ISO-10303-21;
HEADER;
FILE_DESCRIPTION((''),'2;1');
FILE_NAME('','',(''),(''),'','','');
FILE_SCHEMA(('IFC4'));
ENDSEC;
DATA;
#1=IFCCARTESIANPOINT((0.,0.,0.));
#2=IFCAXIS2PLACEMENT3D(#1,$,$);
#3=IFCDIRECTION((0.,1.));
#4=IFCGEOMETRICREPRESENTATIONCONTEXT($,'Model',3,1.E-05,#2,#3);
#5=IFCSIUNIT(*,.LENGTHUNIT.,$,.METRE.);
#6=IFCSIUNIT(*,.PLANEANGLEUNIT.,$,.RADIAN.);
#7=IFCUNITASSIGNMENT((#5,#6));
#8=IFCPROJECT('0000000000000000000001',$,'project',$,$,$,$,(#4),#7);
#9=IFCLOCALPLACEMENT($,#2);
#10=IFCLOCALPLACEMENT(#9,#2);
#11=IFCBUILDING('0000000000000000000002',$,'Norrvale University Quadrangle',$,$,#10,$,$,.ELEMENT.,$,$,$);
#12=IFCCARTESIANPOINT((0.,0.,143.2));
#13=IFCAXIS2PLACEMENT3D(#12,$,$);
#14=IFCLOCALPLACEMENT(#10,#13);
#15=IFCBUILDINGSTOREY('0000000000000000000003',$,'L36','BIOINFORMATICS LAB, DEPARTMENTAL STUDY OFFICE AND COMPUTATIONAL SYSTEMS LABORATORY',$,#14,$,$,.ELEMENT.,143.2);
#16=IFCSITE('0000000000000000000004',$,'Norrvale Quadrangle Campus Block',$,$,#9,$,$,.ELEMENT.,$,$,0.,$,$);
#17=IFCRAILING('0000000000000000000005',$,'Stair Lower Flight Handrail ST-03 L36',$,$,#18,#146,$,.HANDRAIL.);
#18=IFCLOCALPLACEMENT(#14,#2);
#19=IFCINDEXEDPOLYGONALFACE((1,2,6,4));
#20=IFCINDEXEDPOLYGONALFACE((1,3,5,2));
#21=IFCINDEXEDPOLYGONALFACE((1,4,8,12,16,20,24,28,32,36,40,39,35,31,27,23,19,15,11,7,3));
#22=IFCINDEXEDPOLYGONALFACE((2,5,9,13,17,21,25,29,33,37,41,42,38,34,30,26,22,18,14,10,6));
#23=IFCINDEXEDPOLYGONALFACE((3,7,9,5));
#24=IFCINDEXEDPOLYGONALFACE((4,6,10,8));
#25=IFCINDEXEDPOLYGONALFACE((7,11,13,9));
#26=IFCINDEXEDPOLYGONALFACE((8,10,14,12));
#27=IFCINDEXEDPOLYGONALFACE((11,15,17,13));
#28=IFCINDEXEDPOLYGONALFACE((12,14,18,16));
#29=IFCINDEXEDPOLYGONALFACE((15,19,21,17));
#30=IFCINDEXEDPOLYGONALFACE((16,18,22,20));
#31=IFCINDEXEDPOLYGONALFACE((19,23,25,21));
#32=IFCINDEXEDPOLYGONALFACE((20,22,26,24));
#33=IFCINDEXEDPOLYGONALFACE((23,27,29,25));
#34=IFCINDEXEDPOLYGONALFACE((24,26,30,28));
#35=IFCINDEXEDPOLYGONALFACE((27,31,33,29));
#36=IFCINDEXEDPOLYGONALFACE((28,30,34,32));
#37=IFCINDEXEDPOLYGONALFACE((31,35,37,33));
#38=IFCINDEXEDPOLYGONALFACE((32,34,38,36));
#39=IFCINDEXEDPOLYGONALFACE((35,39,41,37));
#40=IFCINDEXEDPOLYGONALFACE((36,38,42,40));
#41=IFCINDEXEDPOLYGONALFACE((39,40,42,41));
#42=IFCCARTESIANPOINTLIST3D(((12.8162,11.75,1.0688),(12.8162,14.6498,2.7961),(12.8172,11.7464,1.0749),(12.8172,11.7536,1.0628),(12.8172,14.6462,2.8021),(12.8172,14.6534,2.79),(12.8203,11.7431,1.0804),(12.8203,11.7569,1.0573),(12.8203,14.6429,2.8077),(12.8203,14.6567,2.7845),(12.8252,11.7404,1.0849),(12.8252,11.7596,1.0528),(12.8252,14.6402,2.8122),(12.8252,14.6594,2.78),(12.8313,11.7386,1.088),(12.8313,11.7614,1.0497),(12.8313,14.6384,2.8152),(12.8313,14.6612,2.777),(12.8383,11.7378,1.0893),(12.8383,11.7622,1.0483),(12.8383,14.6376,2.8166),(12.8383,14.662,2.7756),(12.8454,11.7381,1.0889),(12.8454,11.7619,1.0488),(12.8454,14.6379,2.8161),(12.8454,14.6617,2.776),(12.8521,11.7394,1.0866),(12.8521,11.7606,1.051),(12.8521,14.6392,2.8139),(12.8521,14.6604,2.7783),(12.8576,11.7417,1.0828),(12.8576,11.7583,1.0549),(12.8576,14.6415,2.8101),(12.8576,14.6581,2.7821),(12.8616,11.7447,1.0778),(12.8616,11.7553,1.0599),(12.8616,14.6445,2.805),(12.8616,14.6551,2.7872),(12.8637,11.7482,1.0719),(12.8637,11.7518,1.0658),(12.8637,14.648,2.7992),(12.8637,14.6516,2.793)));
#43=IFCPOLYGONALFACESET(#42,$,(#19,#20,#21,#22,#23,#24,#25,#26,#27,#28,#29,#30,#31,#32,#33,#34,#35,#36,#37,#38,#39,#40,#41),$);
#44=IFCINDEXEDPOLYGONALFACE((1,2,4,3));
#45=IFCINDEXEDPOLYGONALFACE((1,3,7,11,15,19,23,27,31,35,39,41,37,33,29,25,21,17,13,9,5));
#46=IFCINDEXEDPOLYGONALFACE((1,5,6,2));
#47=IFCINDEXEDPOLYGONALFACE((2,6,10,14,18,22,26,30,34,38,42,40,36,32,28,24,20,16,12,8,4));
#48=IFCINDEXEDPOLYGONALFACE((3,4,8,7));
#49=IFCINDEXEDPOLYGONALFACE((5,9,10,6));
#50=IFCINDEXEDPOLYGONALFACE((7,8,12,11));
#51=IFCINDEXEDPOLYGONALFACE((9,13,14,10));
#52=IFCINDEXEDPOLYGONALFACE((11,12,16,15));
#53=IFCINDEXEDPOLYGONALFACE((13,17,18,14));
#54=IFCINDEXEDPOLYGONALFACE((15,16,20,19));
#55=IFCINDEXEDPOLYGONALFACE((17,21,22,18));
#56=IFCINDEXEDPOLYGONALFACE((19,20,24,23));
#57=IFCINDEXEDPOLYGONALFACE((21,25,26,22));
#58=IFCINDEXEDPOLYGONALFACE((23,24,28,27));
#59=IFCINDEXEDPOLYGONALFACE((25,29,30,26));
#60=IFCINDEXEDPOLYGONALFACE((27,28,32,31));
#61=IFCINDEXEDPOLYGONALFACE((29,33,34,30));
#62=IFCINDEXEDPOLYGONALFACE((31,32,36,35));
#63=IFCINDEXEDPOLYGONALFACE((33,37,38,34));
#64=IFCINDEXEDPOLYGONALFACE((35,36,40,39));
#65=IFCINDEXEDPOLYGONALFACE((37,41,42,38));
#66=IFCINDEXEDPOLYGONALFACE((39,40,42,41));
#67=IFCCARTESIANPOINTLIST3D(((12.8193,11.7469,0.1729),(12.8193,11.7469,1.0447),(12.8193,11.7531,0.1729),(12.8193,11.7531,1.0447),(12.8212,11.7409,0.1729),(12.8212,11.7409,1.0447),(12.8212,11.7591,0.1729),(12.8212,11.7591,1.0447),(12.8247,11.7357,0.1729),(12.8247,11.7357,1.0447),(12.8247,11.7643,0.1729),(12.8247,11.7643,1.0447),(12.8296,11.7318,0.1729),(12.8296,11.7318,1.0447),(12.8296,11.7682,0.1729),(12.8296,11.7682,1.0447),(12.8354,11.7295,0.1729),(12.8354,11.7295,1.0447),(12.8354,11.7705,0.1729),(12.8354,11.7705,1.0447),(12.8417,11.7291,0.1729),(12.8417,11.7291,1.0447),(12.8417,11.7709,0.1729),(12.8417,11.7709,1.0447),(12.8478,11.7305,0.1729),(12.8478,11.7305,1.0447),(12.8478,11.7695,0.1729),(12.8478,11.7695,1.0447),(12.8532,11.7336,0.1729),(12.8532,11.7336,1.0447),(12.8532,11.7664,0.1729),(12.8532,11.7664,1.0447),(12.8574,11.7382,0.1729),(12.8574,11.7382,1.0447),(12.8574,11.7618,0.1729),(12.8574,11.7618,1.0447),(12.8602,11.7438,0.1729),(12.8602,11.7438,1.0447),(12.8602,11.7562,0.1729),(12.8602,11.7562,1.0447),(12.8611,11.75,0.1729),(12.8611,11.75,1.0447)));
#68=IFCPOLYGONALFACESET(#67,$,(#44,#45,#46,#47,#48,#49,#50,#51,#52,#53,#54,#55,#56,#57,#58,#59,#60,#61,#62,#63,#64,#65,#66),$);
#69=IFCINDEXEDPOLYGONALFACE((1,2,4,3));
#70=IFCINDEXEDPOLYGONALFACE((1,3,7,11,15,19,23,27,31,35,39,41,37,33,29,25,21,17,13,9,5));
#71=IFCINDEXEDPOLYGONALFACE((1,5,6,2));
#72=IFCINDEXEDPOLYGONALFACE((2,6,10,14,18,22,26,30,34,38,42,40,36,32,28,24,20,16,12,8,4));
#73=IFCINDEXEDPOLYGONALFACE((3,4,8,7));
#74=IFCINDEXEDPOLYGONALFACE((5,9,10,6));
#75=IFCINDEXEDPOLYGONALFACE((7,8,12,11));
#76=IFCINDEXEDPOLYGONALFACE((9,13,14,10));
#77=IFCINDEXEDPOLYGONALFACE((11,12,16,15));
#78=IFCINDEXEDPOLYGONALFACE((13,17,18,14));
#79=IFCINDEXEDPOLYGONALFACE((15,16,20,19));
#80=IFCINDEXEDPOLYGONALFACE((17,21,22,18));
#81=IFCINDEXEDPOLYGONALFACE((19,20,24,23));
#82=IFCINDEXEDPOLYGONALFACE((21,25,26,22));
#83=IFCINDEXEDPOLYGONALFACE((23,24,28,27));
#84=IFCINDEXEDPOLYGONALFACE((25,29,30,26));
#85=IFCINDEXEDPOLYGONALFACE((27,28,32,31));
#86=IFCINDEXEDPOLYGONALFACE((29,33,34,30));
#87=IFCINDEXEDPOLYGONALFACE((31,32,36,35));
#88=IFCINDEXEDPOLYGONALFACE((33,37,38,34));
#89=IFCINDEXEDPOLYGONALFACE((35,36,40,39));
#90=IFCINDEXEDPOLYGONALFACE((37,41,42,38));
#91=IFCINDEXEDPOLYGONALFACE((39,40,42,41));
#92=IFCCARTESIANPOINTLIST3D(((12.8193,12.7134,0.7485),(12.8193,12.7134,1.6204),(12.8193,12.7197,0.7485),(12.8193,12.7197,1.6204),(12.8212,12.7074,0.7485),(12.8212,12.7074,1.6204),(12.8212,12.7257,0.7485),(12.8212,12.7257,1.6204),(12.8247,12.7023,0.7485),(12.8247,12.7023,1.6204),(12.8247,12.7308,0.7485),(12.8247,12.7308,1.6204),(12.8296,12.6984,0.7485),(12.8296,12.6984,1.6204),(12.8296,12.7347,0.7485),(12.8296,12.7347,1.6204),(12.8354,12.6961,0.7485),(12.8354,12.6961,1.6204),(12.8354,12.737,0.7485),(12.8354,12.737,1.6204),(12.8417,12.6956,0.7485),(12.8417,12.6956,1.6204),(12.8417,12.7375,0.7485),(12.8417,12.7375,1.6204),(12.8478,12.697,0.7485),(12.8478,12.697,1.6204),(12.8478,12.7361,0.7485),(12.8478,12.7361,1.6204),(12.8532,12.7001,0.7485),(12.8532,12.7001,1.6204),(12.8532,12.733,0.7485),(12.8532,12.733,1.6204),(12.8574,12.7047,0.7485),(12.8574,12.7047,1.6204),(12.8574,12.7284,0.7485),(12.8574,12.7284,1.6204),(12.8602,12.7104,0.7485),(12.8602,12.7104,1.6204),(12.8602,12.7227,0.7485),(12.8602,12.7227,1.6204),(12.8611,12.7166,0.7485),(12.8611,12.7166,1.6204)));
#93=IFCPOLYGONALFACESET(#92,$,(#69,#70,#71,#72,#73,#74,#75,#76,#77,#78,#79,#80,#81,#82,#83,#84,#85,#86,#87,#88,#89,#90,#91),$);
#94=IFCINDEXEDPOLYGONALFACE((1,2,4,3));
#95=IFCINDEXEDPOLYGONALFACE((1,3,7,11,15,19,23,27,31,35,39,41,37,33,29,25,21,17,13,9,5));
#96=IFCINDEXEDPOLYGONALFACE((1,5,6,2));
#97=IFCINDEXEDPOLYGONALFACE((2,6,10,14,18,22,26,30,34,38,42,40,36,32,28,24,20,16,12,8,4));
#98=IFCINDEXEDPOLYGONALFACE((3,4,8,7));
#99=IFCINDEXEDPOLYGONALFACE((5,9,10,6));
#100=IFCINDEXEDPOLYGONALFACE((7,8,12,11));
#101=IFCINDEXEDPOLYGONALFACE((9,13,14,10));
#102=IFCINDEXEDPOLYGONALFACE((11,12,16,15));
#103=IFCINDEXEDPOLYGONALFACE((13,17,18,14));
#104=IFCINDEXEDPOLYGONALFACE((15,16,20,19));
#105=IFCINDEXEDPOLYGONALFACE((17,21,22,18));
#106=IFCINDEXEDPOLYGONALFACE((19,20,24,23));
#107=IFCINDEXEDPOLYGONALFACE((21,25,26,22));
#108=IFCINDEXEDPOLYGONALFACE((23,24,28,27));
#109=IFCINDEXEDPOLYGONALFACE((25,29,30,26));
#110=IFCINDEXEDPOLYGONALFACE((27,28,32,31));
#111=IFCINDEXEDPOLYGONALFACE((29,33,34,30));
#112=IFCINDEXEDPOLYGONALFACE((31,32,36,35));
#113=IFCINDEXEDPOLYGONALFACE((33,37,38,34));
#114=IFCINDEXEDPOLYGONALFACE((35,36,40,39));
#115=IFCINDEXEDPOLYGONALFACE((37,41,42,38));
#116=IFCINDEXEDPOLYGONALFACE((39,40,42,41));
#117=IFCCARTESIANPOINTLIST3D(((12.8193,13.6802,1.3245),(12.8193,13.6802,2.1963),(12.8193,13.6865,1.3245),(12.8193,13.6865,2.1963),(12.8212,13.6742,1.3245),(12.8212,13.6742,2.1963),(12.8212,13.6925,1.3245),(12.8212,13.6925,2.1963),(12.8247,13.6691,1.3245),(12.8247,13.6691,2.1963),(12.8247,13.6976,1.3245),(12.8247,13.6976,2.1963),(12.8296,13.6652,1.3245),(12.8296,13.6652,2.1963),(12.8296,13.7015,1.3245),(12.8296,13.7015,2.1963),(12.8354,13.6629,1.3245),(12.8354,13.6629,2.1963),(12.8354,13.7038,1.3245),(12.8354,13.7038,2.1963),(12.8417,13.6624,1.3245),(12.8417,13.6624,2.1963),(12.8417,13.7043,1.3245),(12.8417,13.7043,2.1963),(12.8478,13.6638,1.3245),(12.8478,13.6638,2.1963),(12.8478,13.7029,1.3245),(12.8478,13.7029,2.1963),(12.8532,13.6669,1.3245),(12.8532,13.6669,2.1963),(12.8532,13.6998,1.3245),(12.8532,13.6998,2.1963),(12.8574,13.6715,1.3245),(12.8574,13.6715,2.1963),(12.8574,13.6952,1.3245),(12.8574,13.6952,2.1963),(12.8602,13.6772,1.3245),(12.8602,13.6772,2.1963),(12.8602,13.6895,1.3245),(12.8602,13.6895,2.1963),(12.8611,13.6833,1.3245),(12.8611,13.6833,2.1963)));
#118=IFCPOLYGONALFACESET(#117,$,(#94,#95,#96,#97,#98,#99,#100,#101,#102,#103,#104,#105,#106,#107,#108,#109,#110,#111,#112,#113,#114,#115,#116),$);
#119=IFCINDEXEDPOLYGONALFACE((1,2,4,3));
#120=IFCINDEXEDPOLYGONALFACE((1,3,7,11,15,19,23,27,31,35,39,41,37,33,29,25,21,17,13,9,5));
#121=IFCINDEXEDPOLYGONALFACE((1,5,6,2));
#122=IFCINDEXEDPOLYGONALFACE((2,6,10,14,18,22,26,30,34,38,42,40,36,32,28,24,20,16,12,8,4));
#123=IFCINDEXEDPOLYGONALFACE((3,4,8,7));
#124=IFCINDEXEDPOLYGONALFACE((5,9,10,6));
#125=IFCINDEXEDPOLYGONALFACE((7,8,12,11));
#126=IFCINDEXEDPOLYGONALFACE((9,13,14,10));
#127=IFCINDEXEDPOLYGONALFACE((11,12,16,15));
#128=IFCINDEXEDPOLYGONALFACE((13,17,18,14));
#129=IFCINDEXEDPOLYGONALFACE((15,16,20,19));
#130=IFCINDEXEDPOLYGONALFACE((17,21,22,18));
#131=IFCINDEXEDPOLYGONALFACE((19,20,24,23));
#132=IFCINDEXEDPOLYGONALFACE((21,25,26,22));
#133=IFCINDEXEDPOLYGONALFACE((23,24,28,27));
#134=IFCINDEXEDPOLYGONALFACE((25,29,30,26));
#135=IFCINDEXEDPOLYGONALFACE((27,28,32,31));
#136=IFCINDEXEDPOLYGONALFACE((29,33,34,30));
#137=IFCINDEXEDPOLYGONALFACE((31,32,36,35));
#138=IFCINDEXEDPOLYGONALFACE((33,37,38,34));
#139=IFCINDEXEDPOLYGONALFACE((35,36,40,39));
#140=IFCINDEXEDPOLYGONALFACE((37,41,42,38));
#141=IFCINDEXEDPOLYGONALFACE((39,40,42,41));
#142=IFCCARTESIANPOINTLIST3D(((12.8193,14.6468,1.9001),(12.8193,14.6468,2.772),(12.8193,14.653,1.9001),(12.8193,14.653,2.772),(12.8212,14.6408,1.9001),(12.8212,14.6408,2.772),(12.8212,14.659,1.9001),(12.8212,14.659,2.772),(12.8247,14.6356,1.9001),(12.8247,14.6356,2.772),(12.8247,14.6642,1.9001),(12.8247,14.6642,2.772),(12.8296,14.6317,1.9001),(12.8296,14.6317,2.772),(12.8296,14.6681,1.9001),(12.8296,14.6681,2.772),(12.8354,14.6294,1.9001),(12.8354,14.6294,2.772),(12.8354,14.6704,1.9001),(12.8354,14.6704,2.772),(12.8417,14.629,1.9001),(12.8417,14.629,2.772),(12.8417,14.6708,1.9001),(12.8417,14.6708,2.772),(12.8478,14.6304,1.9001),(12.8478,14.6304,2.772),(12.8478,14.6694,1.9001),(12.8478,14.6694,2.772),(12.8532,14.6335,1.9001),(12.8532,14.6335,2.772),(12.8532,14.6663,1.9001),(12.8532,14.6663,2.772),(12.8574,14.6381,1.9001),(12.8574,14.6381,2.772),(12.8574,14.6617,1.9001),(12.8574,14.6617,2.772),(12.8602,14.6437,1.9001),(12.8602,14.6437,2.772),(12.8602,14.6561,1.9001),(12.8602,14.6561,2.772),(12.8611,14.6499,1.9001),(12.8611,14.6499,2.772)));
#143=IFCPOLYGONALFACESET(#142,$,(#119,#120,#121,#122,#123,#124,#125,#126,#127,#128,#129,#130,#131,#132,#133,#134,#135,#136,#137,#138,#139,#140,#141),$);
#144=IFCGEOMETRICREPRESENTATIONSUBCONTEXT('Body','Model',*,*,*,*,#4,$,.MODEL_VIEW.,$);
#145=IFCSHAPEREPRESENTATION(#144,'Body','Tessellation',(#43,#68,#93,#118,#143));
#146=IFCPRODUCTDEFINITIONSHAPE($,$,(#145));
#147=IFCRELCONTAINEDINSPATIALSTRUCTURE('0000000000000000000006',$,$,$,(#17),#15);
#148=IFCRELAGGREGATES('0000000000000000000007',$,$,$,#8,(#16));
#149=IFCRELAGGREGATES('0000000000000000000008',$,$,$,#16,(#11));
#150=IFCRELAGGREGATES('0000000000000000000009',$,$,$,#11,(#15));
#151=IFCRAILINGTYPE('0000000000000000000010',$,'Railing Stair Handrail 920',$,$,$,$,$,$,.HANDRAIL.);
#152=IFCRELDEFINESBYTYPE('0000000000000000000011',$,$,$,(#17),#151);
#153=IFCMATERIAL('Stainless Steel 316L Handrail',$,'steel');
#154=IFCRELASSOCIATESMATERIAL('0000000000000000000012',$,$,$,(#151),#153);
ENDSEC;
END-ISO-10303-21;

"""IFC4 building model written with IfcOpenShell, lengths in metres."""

from ifc_helpers import new_model, si_unit, direction, frame, origin, origin_2d, place, context, subcontext, project, spatial, circle, extrude, material, type_object, element, save


model = new_model("IFC4")

# Units and contexts
model_context = context("Model", 3, precision=1e-05, world=origin(), true_north=direction((0.0, 1.0)))
body_context = subcontext(model_context, "Body", "Model", "MODEL_VIEW")
ifc_project = project(units=[si_unit("LENGTHUNIT", "METRE"), si_unit("PLANEANGLEUNIT", "RADIAN")], contexts=[model_context])

# Site, building, storey
site_placement = place(None, origin())
site = spatial("IfcSite", under=ifc_project, at=site_placement, Name="Norrvale Quadrangle Campus Block", CompositionType="ELEMENT", RefElevation=0.0)
building_placement = place(site_placement, origin())
building = spatial("IfcBuilding", under=site, at=building_placement, Name="Norrvale University Quadrangle", CompositionType="ELEMENT")
storey_placement = place(building_placement, frame((0.0, 0.0, 143.2)))
storey = spatial("IfcBuildingStorey", under=building, at=storey_placement, Name="L36", Description="BIOINFORMATICS LAB, DEPARTMENTAL STUDY OFFICE AND COMPUTATIONAL SYSTEMS LABORATORY", CompositionType="ELEMENT", Elevation=143.2)

# Railing
ifc_material_1 = material(Name="Stainless Steel 316L Handrail", Category="steel")
railing_type_1 = type_object("IfcRailingType", Name="Railing Stair Handrail 920", PredefinedType="HANDRAIL", material=ifc_material_1)
railing_1_placement = place(storey_placement, frame((12.8401, 11.75, 0.1729)))
element("IfcRailing", 1, at=railing_1_placement, inside=storey, type_object=railing_type_1, Name="Stair Lower Flight Handrail ST-03 L36", PredefinedType="HANDRAIL", context=body_context, shape_type="SweptSolid", body=[
    extrude(circle(Radius=0.0239, at=origin_2d()), frame((0.0, 0.0, 0.896), z_axis=(0.0, 0.859141, 0.511738), x_axis=(-1.0, 0.0, 0.0)), (0.0, 0.0, 1.0), 3.3752),
    extrude(circle(Radius=0.021, at=origin_2d()), origin(), (0.0, 0.0, 1.0), 0.8718),
    extrude(circle(Radius=0.021, at=origin_2d()), frame((0.0, 0.9666, 0.5757)), (0.0, 0.0, 1.0), 0.8718),
    extrude(circle(Radius=0.021, at=origin_2d()), frame((0.0, 1.9333, 1.1516)), (0.0, 0.0, 1.0), 0.8718),
    extrude(circle(Radius=0.021, at=origin_2d()), frame((0.0, 2.8999, 1.7273)), (0.0, 0.0, 1.0), 0.8718),
])

save(model, "model.ifc")
